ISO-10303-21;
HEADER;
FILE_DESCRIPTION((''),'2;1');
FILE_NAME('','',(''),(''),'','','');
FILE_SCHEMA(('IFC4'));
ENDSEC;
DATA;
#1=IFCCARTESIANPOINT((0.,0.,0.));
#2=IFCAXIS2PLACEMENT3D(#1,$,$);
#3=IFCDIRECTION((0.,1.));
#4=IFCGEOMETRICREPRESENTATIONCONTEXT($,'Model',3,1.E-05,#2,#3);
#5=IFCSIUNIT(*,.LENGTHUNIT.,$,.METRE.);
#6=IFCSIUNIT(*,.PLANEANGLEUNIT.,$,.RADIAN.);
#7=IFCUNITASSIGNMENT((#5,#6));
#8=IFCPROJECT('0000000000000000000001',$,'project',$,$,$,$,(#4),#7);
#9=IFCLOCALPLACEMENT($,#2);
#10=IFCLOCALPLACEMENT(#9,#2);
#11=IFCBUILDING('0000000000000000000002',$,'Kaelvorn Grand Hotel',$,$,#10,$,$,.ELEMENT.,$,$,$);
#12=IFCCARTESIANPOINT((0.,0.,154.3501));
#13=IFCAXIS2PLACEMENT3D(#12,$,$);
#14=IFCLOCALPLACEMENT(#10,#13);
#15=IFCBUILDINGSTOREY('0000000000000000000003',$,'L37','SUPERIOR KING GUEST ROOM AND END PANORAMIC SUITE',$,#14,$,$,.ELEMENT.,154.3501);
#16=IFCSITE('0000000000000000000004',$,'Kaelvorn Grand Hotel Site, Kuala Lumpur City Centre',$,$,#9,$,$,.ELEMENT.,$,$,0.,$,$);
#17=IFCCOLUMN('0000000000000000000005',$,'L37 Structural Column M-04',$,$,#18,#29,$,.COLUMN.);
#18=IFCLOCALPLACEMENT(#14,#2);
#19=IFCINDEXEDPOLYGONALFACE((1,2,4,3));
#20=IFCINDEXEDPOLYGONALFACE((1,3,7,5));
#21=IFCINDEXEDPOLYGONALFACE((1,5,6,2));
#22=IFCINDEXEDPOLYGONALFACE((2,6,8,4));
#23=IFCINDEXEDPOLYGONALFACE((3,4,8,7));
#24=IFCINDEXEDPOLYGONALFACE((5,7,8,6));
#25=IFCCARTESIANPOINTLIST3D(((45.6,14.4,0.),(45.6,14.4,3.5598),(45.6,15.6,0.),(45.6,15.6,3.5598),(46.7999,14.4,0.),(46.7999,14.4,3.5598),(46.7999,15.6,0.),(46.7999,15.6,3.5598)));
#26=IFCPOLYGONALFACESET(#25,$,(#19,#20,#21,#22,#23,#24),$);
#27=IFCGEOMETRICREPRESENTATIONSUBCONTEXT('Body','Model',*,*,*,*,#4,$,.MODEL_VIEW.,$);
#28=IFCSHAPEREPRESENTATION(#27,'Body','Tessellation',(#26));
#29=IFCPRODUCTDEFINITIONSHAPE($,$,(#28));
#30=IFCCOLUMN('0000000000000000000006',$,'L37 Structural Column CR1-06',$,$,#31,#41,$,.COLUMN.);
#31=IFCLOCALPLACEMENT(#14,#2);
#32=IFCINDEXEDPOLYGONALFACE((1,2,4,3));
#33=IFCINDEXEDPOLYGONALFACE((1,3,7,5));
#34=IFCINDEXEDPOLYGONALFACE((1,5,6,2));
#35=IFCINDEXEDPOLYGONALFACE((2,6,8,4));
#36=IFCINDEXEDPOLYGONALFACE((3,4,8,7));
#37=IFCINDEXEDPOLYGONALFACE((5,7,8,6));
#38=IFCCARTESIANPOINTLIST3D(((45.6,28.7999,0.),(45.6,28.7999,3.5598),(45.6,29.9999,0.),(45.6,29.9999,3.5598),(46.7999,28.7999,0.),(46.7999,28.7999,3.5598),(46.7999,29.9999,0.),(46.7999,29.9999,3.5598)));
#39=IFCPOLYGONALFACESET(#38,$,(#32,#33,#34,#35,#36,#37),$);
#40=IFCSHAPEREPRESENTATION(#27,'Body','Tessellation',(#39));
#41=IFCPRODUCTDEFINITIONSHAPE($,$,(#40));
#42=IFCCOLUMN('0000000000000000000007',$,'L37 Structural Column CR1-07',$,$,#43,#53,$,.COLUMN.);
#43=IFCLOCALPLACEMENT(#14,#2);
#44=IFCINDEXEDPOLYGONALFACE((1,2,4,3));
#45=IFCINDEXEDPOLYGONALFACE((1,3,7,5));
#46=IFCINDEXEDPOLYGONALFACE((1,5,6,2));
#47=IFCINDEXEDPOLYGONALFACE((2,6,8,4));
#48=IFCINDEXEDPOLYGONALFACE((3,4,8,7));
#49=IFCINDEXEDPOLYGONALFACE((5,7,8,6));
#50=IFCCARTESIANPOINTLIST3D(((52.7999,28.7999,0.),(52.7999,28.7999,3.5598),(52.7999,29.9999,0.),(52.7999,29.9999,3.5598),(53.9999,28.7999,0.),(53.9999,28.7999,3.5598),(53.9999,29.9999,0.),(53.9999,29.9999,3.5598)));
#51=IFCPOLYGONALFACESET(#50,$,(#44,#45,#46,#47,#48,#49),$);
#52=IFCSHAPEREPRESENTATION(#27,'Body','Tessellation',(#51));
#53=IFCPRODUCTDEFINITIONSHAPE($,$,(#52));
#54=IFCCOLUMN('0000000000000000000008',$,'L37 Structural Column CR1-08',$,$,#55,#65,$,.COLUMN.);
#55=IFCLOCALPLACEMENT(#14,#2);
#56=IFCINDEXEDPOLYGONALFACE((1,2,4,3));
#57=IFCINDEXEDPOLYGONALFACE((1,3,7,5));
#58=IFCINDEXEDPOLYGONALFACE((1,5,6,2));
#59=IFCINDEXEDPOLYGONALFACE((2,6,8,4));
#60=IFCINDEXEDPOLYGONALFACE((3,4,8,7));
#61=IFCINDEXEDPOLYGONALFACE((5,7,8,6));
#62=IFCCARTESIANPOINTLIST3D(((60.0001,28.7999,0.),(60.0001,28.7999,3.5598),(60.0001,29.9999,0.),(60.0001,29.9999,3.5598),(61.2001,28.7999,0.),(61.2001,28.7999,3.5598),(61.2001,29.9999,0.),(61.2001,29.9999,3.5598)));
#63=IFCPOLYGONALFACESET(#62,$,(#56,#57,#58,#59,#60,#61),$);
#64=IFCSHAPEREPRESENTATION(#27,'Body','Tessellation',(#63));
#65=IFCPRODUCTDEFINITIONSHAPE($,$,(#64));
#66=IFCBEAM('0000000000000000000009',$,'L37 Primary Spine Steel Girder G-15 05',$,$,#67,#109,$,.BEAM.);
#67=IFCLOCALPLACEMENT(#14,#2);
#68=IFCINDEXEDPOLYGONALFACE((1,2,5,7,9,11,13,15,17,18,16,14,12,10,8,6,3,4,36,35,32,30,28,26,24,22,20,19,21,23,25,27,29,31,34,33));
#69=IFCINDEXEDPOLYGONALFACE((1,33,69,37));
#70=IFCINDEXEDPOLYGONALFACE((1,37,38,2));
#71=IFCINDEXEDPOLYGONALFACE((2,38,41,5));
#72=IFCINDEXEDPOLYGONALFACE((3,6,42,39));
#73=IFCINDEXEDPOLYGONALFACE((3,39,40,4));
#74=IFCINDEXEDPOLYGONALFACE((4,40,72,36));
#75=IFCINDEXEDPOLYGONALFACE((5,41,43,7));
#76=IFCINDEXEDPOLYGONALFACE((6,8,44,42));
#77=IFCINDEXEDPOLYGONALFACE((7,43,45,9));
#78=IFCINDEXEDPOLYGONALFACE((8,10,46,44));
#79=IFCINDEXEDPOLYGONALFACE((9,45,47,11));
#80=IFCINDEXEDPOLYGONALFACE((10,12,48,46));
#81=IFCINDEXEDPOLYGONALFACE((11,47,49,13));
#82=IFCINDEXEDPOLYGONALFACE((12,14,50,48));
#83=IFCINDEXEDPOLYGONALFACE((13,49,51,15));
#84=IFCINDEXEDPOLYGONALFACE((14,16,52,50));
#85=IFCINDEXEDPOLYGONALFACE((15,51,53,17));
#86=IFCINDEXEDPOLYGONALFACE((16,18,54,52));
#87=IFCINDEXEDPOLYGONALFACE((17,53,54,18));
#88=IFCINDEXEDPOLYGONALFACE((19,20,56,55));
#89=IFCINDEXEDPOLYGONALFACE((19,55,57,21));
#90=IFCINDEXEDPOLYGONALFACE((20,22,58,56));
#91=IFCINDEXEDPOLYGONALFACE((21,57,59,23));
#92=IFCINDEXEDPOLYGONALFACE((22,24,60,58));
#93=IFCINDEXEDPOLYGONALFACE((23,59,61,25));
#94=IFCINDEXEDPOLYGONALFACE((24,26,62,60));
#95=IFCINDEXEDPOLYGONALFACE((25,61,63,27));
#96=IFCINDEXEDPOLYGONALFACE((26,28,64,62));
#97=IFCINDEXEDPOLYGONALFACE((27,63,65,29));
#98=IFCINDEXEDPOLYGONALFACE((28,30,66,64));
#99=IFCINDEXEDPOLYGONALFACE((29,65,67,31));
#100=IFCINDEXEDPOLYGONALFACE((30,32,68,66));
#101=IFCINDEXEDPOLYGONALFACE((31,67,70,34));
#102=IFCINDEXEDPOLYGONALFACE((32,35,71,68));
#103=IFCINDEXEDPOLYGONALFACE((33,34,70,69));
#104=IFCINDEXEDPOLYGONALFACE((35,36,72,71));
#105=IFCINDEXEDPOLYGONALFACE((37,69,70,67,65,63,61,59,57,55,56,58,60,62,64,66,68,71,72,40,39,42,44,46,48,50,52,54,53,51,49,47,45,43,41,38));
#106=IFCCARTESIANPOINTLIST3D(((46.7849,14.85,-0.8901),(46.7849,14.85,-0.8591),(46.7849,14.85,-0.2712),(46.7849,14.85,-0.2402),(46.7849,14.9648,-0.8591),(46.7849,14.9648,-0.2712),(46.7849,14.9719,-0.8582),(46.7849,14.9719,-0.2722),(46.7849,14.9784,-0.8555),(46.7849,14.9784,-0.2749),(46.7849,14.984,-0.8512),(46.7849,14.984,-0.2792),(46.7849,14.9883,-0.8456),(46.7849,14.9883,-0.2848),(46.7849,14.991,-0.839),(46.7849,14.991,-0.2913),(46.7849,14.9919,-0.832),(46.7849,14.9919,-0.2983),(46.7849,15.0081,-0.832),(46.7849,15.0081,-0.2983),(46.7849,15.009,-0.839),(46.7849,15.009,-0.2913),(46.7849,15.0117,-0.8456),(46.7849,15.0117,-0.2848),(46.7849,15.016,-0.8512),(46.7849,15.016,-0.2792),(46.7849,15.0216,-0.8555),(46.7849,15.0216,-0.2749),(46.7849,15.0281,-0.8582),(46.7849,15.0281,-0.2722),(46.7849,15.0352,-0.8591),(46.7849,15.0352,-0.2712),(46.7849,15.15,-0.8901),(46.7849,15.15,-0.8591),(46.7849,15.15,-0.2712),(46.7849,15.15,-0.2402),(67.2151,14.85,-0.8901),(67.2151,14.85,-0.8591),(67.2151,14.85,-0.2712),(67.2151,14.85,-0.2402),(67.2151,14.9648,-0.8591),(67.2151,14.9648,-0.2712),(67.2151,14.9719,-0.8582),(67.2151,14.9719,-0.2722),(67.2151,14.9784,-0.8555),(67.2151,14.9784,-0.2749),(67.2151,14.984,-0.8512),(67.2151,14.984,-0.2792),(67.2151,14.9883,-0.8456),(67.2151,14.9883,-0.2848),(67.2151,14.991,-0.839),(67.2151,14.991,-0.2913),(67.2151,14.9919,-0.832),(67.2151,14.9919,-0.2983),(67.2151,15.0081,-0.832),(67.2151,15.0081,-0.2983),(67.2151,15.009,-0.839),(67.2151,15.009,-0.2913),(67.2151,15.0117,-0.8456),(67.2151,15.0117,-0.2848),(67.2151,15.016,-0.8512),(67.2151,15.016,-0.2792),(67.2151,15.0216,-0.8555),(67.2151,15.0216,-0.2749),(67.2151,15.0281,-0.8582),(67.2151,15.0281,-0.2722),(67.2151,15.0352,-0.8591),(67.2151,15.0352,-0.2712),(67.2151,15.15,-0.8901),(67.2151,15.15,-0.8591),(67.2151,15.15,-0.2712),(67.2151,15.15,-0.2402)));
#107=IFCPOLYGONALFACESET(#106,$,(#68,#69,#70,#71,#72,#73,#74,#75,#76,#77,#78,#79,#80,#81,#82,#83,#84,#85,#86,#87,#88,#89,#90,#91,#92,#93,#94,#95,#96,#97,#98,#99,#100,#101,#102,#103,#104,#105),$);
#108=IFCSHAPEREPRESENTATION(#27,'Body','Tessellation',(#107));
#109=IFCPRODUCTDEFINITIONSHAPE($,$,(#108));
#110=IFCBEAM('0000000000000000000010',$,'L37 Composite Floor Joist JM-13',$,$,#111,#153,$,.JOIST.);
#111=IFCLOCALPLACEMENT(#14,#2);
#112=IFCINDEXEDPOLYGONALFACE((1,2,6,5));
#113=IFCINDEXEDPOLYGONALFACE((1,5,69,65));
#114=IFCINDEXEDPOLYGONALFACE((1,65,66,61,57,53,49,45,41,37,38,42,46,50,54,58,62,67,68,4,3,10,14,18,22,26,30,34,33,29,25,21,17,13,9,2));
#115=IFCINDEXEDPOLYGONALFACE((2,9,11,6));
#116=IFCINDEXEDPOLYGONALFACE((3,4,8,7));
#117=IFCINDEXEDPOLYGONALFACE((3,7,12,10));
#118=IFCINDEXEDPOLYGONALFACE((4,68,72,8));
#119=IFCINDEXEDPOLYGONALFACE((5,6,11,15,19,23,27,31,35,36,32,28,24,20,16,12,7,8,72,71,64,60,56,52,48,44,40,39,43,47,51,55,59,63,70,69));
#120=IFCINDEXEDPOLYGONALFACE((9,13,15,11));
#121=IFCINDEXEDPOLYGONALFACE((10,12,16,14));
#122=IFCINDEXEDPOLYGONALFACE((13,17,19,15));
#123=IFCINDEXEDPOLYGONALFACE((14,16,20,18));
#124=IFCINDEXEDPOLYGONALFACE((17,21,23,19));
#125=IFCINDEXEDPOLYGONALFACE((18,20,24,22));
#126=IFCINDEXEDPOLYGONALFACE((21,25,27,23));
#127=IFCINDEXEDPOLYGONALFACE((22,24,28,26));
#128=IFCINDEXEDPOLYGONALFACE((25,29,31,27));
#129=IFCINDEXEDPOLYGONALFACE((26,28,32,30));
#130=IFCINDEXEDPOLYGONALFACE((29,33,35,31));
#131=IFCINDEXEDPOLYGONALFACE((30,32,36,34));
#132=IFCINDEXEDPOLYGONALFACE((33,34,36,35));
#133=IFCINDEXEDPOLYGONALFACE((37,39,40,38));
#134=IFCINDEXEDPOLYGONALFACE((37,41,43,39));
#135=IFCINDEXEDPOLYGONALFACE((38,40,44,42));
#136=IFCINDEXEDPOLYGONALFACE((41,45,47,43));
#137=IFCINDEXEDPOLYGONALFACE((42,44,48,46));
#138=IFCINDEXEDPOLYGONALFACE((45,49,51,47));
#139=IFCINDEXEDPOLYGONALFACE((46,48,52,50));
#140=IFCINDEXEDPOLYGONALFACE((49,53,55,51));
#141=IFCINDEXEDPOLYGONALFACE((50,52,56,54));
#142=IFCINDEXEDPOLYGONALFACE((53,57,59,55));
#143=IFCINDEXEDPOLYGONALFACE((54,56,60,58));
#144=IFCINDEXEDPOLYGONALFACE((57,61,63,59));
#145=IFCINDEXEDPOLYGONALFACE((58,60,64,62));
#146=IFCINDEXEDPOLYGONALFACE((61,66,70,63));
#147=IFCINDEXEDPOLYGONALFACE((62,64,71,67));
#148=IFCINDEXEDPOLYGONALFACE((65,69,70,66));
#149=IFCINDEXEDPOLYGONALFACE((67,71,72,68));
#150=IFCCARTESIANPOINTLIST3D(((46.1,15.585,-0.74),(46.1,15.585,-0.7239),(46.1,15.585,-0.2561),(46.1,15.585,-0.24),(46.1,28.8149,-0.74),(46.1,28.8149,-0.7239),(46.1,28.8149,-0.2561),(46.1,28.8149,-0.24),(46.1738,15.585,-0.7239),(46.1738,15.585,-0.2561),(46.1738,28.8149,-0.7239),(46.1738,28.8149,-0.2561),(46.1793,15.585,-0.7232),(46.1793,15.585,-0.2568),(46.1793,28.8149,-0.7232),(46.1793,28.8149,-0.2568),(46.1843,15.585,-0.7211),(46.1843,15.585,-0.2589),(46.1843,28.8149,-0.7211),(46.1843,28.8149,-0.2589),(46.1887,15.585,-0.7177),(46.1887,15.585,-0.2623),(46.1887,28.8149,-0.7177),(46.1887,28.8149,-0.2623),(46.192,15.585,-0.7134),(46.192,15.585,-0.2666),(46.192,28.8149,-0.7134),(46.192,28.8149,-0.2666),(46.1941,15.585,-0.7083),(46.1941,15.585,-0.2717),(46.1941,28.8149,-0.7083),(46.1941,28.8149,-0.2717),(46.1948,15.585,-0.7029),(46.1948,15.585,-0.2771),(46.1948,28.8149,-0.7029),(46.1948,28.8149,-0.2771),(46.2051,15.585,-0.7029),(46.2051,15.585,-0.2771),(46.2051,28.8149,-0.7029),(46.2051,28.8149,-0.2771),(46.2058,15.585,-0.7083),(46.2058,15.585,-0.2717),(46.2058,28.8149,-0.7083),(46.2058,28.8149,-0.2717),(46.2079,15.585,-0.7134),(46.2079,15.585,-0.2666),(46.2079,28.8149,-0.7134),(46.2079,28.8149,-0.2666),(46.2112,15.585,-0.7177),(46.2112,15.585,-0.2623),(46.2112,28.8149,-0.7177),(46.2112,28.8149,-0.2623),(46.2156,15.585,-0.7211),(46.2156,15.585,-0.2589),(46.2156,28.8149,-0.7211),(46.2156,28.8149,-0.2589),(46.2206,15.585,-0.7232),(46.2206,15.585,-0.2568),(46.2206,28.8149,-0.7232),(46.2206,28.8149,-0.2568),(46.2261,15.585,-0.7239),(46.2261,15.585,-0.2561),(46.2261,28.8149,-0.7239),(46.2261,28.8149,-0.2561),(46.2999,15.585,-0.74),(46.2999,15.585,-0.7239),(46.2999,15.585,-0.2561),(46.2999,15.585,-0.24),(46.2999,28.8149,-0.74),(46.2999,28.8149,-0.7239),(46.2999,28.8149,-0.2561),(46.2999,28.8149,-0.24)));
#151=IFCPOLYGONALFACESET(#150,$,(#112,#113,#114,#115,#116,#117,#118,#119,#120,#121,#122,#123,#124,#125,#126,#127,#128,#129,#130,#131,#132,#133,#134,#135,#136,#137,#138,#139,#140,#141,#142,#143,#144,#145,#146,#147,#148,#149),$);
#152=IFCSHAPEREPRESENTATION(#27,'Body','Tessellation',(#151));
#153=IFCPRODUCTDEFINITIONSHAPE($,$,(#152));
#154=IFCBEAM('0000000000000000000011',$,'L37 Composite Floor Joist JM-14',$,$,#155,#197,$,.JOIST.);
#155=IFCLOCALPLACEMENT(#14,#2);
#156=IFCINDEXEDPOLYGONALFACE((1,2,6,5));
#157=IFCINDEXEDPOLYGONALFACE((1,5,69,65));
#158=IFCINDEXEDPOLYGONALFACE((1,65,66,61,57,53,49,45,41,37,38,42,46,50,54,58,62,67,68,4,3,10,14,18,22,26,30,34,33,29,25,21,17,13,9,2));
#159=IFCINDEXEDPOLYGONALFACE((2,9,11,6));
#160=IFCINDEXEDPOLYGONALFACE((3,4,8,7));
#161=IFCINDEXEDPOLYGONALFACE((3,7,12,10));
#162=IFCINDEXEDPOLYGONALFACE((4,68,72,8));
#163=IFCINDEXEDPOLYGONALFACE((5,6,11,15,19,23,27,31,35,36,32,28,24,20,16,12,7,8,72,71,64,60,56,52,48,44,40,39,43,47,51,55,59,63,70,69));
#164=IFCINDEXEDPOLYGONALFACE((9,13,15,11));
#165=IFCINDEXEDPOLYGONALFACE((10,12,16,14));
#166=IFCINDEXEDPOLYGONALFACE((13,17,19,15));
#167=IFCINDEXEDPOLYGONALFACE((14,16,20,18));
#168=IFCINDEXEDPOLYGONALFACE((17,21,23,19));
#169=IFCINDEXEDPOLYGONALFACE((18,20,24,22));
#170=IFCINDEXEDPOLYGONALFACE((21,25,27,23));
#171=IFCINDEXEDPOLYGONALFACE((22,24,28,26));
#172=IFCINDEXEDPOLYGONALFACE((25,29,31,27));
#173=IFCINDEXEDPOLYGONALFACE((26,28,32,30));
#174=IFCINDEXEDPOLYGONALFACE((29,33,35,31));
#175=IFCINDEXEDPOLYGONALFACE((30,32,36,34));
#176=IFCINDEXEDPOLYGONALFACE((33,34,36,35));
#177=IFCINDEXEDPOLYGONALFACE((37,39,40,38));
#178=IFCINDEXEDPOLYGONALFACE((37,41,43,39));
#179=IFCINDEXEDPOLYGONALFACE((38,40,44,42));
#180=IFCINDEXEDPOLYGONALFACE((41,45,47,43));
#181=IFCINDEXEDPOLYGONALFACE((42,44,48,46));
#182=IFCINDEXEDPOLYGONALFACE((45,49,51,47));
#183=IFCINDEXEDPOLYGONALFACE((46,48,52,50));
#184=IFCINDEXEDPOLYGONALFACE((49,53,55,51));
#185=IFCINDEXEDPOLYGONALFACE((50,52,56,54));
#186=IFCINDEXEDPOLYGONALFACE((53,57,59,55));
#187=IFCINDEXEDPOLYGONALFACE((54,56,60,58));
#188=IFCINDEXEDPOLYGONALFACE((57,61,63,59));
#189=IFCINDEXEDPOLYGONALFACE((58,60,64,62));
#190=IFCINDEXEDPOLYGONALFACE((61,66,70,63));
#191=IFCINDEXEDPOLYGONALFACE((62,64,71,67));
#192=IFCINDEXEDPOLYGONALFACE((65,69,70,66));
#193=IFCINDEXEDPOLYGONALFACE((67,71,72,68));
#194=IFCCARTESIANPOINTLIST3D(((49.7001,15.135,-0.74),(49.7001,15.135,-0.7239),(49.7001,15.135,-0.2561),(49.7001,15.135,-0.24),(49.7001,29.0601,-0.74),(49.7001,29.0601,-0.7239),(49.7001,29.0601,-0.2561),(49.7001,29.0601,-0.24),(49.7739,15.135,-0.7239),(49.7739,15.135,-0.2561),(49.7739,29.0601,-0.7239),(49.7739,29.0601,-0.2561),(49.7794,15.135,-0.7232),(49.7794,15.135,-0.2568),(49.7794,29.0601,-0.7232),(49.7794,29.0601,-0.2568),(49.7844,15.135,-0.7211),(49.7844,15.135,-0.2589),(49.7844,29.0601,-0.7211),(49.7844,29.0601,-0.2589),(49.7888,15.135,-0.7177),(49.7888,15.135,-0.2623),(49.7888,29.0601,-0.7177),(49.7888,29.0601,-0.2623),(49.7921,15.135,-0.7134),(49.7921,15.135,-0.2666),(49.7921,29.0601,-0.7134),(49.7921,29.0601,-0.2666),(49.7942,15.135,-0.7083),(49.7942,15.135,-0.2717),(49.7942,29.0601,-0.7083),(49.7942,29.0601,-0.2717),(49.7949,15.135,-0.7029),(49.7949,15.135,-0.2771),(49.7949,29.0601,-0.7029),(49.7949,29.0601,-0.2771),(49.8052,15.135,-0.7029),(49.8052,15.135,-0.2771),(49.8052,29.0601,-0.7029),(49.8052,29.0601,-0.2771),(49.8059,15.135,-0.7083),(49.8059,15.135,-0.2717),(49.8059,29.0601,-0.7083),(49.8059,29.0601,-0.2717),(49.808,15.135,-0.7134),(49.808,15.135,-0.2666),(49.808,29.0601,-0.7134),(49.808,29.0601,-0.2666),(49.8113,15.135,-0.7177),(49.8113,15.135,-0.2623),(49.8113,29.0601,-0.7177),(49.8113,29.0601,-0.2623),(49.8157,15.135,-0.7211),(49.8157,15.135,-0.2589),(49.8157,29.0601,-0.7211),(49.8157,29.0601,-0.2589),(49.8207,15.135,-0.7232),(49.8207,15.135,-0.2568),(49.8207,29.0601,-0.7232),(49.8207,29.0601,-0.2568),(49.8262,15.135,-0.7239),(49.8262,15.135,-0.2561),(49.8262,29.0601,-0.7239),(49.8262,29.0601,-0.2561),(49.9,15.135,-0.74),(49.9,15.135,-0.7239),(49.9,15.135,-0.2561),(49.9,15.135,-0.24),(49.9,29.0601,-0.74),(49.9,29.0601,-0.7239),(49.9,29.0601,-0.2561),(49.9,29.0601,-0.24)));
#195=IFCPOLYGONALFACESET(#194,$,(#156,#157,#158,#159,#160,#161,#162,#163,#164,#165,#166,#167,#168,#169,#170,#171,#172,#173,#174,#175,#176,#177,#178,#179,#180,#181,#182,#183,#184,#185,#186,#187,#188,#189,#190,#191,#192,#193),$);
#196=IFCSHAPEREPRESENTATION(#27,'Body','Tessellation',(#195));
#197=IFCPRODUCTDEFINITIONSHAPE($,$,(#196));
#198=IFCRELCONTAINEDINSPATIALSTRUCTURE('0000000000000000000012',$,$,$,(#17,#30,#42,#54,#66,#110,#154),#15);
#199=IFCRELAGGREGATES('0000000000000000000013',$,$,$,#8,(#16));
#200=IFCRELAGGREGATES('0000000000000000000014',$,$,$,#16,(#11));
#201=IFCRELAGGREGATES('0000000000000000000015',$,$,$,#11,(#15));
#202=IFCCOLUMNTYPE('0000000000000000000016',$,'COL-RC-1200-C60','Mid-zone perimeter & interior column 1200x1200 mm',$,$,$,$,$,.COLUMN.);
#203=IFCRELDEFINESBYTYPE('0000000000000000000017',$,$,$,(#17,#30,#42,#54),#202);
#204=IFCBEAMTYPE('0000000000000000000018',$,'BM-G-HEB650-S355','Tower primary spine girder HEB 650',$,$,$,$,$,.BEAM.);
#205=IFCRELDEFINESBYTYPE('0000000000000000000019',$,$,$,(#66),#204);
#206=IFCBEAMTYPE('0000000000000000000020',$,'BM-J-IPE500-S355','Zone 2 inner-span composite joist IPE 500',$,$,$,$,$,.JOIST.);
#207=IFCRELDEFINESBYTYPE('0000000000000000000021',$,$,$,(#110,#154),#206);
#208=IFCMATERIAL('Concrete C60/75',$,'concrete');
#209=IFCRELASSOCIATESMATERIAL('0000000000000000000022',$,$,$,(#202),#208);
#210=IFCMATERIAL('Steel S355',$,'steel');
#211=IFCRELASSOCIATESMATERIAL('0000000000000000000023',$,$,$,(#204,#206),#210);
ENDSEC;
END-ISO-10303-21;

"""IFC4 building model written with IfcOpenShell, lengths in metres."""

from ifc_helpers import new_model, si_unit, direction, frame, origin, origin_2d, place, context, subcontext, project, spatial, rectangle, i_section, extrude, material, material_profile, profile_set, type_object, element, save


model = new_model("IFC4")

# Units and contexts
model_context = context("Model", 3, precision=1e-05, world=origin(), true_north=direction((0.0, 1.0)))
body_context = subcontext(model_context, "Body", "Model", "MODEL_VIEW")
ifc_project = project(units=[si_unit("LENGTHUNIT", "METRE"), si_unit("PLANEANGLEUNIT", "RADIAN")], contexts=[model_context])

# Site, building, storey
site_placement = place(None, origin())
site = spatial("IfcSite", under=ifc_project, at=site_placement, Name="Kaelvorn Grand Hotel Site, Kuala Lumpur City Centre", CompositionType="ELEMENT", RefElevation=0.0)
building_placement = place(site_placement, origin())
building = spatial("IfcBuilding", under=site, at=building_placement, Name="Kaelvorn Grand Hotel", CompositionType="ELEMENT")
storey_placement = place(building_placement, frame((0.0, 0.0, 154.3501)))
storey = spatial("IfcBuildingStorey", under=building, at=storey_placement, Name="L37", Description="SUPERIOR KING GUEST ROOM AND END PANORAMIC SUITE", CompositionType="ELEMENT", Elevation=154.3501)

# Columns
ifc_material_1 = material(Name="Concrete C60/75", Category="concrete")
ifc_material_profile_1 = material_profile(ifc_material_1, rectangle(XDim=1.2, YDim=1.2, at=origin_2d()), Name="RC COL 1200x1200")
ifc_profile_set_1 = profile_set([ifc_material_profile_1], Name="Concrete C60/75")
column_type = type_object("IfcColumnType", Name="COL-RC-1200-C60", Description="Mid-zone perimeter & interior column 1200x1200 mm", PredefinedType="COLUMN", material=ifc_profile_set_1)
for number, where, z_axis, x_axis, name in (
    (1, (46.2, 15.0, 0.0), (0.0, 0.0, 1.0), (1.0, 0.0, 0.0), "L37 Structural Column M-04"),
    (2, (46.2, 29.3999, 0.0), (0.0, 0.0, 1.0), (1.0, 0.0, 0.0), "L37 Structural Column CR1-06"),
    (3, (53.3999, 29.3999, 0.0), (0.0, 0.0, 1.0), (1.0, 0.0, 0.0), "L37 Structural Column CR1-07"),
    (4, (60.6001, 29.3999, 0.0), (0.0, 0.0, 1.0), (1.0, 0.0, 0.0), "L37 Structural Column CR1-08"),
):
    element("IfcColumn", number, at=place(storey_placement, frame(where, z_axis=z_axis, x_axis=x_axis)), inside=storey, type_object=column_type, Name=name, PredefinedType="COLUMN", context=body_context, shape_type="SweptSolid", body=[
        extrude(rectangle(XDim=1.2, YDim=1.2, at=origin_2d()), origin(), (0.0, 0.0, 1.0), 3.5598),
    ])

# Beams
ifc_material_2 = material(Name="Steel S355", Category="steel")
ifc_material_profile_2 = material_profile(ifc_material_2, i_section(OverallWidth=0.3, OverallDepth=0.6499, WebThickness=0.0161, FlangeThickness=0.031, FilletRadius=0.0271, at=origin_2d()), Name="HEB 650")
ifc_profile_set_2 = profile_set([ifc_material_profile_2], Name="Steel S355")
beam_type_1 = type_object("IfcBeamType", Name="BM-G-HEB650-S355", Description="Tower primary spine girder HEB 650", PredefinedType="BEAM", material=ifc_profile_set_2)
beam_1_placement = place(storey_placement, frame((46.7849, 15.0, -0.5652), z_axis=(1.0, 0.0, 0.0), x_axis=(0.0, 1.0, 0.0)))
element("IfcBeam", 5, at=beam_1_placement, inside=storey, type_object=beam_type_1, Name="L37 Primary Spine Steel Girder G-15 05", PredefinedType="BEAM", context=body_context, shape_type="SweptSolid", body=[
    extrude(i_section(OverallWidth=0.3, OverallDepth=0.6499, WebThickness=0.0161, FlangeThickness=0.031, FilletRadius=0.0271, at=origin_2d()), origin(), (0.0, 0.0, 1.0), 20.4302),
])
ifc_material_profile_3 = material_profile(ifc_material_2, i_section(OverallWidth=0.2, OverallDepth=0.5, WebThickness=0.0103, FlangeThickness=0.0161, FilletRadius=0.021, at=origin_2d()), Name="IPE 500")
ifc_profile_set_3 = profile_set([ifc_material_profile_3], Name="Steel S355")
beam_type_2 = type_object("IfcBeamType", Name="BM-J-IPE500-S355", Description="Zone 2 inner-span composite joist IPE 500", PredefinedType="JOIST", material=ifc_profile_set_3)
beam_2_placement = place(storey_placement, frame((46.2, 15.585, -0.49), z_axis=(0.0, 1.0, 0.0), x_axis=(-1.0, 0.0, 0.0)))
element("IfcBeam", 6, at=beam_2_placement, inside=storey, type_object=beam_type_2, Name="L37 Composite Floor Joist JM-13", PredefinedType="JOIST", context=body_context, shape_type="SweptSolid", body=[
    extrude(i_section(OverallWidth=0.2, OverallDepth=0.5, WebThickness=0.0103, FlangeThickness=0.0161, FilletRadius=0.021, at=origin_2d()), origin(), (0.0, 0.0, 1.0), 13.23),
])
beam_3_placement = place(storey_placement, frame((49.8, 15.135, -0.49), z_axis=(0.0, 1.0, 0.0), x_axis=(-1.0, 0.0, 0.0)))
element("IfcBeam", 7, at=beam_3_placement, inside=storey, type_object=beam_type_2, Name="L37 Composite Floor Joist JM-14", PredefinedType="JOIST", context=body_context, shape_type="SweptSolid", body=[
    extrude(i_section(OverallWidth=0.2, OverallDepth=0.5, WebThickness=0.0103, FlangeThickness=0.0161, FilletRadius=0.021, at=origin_2d()), origin(), (0.0, 0.0, 1.0), 13.925),
])

save(model, "model.ifc")
